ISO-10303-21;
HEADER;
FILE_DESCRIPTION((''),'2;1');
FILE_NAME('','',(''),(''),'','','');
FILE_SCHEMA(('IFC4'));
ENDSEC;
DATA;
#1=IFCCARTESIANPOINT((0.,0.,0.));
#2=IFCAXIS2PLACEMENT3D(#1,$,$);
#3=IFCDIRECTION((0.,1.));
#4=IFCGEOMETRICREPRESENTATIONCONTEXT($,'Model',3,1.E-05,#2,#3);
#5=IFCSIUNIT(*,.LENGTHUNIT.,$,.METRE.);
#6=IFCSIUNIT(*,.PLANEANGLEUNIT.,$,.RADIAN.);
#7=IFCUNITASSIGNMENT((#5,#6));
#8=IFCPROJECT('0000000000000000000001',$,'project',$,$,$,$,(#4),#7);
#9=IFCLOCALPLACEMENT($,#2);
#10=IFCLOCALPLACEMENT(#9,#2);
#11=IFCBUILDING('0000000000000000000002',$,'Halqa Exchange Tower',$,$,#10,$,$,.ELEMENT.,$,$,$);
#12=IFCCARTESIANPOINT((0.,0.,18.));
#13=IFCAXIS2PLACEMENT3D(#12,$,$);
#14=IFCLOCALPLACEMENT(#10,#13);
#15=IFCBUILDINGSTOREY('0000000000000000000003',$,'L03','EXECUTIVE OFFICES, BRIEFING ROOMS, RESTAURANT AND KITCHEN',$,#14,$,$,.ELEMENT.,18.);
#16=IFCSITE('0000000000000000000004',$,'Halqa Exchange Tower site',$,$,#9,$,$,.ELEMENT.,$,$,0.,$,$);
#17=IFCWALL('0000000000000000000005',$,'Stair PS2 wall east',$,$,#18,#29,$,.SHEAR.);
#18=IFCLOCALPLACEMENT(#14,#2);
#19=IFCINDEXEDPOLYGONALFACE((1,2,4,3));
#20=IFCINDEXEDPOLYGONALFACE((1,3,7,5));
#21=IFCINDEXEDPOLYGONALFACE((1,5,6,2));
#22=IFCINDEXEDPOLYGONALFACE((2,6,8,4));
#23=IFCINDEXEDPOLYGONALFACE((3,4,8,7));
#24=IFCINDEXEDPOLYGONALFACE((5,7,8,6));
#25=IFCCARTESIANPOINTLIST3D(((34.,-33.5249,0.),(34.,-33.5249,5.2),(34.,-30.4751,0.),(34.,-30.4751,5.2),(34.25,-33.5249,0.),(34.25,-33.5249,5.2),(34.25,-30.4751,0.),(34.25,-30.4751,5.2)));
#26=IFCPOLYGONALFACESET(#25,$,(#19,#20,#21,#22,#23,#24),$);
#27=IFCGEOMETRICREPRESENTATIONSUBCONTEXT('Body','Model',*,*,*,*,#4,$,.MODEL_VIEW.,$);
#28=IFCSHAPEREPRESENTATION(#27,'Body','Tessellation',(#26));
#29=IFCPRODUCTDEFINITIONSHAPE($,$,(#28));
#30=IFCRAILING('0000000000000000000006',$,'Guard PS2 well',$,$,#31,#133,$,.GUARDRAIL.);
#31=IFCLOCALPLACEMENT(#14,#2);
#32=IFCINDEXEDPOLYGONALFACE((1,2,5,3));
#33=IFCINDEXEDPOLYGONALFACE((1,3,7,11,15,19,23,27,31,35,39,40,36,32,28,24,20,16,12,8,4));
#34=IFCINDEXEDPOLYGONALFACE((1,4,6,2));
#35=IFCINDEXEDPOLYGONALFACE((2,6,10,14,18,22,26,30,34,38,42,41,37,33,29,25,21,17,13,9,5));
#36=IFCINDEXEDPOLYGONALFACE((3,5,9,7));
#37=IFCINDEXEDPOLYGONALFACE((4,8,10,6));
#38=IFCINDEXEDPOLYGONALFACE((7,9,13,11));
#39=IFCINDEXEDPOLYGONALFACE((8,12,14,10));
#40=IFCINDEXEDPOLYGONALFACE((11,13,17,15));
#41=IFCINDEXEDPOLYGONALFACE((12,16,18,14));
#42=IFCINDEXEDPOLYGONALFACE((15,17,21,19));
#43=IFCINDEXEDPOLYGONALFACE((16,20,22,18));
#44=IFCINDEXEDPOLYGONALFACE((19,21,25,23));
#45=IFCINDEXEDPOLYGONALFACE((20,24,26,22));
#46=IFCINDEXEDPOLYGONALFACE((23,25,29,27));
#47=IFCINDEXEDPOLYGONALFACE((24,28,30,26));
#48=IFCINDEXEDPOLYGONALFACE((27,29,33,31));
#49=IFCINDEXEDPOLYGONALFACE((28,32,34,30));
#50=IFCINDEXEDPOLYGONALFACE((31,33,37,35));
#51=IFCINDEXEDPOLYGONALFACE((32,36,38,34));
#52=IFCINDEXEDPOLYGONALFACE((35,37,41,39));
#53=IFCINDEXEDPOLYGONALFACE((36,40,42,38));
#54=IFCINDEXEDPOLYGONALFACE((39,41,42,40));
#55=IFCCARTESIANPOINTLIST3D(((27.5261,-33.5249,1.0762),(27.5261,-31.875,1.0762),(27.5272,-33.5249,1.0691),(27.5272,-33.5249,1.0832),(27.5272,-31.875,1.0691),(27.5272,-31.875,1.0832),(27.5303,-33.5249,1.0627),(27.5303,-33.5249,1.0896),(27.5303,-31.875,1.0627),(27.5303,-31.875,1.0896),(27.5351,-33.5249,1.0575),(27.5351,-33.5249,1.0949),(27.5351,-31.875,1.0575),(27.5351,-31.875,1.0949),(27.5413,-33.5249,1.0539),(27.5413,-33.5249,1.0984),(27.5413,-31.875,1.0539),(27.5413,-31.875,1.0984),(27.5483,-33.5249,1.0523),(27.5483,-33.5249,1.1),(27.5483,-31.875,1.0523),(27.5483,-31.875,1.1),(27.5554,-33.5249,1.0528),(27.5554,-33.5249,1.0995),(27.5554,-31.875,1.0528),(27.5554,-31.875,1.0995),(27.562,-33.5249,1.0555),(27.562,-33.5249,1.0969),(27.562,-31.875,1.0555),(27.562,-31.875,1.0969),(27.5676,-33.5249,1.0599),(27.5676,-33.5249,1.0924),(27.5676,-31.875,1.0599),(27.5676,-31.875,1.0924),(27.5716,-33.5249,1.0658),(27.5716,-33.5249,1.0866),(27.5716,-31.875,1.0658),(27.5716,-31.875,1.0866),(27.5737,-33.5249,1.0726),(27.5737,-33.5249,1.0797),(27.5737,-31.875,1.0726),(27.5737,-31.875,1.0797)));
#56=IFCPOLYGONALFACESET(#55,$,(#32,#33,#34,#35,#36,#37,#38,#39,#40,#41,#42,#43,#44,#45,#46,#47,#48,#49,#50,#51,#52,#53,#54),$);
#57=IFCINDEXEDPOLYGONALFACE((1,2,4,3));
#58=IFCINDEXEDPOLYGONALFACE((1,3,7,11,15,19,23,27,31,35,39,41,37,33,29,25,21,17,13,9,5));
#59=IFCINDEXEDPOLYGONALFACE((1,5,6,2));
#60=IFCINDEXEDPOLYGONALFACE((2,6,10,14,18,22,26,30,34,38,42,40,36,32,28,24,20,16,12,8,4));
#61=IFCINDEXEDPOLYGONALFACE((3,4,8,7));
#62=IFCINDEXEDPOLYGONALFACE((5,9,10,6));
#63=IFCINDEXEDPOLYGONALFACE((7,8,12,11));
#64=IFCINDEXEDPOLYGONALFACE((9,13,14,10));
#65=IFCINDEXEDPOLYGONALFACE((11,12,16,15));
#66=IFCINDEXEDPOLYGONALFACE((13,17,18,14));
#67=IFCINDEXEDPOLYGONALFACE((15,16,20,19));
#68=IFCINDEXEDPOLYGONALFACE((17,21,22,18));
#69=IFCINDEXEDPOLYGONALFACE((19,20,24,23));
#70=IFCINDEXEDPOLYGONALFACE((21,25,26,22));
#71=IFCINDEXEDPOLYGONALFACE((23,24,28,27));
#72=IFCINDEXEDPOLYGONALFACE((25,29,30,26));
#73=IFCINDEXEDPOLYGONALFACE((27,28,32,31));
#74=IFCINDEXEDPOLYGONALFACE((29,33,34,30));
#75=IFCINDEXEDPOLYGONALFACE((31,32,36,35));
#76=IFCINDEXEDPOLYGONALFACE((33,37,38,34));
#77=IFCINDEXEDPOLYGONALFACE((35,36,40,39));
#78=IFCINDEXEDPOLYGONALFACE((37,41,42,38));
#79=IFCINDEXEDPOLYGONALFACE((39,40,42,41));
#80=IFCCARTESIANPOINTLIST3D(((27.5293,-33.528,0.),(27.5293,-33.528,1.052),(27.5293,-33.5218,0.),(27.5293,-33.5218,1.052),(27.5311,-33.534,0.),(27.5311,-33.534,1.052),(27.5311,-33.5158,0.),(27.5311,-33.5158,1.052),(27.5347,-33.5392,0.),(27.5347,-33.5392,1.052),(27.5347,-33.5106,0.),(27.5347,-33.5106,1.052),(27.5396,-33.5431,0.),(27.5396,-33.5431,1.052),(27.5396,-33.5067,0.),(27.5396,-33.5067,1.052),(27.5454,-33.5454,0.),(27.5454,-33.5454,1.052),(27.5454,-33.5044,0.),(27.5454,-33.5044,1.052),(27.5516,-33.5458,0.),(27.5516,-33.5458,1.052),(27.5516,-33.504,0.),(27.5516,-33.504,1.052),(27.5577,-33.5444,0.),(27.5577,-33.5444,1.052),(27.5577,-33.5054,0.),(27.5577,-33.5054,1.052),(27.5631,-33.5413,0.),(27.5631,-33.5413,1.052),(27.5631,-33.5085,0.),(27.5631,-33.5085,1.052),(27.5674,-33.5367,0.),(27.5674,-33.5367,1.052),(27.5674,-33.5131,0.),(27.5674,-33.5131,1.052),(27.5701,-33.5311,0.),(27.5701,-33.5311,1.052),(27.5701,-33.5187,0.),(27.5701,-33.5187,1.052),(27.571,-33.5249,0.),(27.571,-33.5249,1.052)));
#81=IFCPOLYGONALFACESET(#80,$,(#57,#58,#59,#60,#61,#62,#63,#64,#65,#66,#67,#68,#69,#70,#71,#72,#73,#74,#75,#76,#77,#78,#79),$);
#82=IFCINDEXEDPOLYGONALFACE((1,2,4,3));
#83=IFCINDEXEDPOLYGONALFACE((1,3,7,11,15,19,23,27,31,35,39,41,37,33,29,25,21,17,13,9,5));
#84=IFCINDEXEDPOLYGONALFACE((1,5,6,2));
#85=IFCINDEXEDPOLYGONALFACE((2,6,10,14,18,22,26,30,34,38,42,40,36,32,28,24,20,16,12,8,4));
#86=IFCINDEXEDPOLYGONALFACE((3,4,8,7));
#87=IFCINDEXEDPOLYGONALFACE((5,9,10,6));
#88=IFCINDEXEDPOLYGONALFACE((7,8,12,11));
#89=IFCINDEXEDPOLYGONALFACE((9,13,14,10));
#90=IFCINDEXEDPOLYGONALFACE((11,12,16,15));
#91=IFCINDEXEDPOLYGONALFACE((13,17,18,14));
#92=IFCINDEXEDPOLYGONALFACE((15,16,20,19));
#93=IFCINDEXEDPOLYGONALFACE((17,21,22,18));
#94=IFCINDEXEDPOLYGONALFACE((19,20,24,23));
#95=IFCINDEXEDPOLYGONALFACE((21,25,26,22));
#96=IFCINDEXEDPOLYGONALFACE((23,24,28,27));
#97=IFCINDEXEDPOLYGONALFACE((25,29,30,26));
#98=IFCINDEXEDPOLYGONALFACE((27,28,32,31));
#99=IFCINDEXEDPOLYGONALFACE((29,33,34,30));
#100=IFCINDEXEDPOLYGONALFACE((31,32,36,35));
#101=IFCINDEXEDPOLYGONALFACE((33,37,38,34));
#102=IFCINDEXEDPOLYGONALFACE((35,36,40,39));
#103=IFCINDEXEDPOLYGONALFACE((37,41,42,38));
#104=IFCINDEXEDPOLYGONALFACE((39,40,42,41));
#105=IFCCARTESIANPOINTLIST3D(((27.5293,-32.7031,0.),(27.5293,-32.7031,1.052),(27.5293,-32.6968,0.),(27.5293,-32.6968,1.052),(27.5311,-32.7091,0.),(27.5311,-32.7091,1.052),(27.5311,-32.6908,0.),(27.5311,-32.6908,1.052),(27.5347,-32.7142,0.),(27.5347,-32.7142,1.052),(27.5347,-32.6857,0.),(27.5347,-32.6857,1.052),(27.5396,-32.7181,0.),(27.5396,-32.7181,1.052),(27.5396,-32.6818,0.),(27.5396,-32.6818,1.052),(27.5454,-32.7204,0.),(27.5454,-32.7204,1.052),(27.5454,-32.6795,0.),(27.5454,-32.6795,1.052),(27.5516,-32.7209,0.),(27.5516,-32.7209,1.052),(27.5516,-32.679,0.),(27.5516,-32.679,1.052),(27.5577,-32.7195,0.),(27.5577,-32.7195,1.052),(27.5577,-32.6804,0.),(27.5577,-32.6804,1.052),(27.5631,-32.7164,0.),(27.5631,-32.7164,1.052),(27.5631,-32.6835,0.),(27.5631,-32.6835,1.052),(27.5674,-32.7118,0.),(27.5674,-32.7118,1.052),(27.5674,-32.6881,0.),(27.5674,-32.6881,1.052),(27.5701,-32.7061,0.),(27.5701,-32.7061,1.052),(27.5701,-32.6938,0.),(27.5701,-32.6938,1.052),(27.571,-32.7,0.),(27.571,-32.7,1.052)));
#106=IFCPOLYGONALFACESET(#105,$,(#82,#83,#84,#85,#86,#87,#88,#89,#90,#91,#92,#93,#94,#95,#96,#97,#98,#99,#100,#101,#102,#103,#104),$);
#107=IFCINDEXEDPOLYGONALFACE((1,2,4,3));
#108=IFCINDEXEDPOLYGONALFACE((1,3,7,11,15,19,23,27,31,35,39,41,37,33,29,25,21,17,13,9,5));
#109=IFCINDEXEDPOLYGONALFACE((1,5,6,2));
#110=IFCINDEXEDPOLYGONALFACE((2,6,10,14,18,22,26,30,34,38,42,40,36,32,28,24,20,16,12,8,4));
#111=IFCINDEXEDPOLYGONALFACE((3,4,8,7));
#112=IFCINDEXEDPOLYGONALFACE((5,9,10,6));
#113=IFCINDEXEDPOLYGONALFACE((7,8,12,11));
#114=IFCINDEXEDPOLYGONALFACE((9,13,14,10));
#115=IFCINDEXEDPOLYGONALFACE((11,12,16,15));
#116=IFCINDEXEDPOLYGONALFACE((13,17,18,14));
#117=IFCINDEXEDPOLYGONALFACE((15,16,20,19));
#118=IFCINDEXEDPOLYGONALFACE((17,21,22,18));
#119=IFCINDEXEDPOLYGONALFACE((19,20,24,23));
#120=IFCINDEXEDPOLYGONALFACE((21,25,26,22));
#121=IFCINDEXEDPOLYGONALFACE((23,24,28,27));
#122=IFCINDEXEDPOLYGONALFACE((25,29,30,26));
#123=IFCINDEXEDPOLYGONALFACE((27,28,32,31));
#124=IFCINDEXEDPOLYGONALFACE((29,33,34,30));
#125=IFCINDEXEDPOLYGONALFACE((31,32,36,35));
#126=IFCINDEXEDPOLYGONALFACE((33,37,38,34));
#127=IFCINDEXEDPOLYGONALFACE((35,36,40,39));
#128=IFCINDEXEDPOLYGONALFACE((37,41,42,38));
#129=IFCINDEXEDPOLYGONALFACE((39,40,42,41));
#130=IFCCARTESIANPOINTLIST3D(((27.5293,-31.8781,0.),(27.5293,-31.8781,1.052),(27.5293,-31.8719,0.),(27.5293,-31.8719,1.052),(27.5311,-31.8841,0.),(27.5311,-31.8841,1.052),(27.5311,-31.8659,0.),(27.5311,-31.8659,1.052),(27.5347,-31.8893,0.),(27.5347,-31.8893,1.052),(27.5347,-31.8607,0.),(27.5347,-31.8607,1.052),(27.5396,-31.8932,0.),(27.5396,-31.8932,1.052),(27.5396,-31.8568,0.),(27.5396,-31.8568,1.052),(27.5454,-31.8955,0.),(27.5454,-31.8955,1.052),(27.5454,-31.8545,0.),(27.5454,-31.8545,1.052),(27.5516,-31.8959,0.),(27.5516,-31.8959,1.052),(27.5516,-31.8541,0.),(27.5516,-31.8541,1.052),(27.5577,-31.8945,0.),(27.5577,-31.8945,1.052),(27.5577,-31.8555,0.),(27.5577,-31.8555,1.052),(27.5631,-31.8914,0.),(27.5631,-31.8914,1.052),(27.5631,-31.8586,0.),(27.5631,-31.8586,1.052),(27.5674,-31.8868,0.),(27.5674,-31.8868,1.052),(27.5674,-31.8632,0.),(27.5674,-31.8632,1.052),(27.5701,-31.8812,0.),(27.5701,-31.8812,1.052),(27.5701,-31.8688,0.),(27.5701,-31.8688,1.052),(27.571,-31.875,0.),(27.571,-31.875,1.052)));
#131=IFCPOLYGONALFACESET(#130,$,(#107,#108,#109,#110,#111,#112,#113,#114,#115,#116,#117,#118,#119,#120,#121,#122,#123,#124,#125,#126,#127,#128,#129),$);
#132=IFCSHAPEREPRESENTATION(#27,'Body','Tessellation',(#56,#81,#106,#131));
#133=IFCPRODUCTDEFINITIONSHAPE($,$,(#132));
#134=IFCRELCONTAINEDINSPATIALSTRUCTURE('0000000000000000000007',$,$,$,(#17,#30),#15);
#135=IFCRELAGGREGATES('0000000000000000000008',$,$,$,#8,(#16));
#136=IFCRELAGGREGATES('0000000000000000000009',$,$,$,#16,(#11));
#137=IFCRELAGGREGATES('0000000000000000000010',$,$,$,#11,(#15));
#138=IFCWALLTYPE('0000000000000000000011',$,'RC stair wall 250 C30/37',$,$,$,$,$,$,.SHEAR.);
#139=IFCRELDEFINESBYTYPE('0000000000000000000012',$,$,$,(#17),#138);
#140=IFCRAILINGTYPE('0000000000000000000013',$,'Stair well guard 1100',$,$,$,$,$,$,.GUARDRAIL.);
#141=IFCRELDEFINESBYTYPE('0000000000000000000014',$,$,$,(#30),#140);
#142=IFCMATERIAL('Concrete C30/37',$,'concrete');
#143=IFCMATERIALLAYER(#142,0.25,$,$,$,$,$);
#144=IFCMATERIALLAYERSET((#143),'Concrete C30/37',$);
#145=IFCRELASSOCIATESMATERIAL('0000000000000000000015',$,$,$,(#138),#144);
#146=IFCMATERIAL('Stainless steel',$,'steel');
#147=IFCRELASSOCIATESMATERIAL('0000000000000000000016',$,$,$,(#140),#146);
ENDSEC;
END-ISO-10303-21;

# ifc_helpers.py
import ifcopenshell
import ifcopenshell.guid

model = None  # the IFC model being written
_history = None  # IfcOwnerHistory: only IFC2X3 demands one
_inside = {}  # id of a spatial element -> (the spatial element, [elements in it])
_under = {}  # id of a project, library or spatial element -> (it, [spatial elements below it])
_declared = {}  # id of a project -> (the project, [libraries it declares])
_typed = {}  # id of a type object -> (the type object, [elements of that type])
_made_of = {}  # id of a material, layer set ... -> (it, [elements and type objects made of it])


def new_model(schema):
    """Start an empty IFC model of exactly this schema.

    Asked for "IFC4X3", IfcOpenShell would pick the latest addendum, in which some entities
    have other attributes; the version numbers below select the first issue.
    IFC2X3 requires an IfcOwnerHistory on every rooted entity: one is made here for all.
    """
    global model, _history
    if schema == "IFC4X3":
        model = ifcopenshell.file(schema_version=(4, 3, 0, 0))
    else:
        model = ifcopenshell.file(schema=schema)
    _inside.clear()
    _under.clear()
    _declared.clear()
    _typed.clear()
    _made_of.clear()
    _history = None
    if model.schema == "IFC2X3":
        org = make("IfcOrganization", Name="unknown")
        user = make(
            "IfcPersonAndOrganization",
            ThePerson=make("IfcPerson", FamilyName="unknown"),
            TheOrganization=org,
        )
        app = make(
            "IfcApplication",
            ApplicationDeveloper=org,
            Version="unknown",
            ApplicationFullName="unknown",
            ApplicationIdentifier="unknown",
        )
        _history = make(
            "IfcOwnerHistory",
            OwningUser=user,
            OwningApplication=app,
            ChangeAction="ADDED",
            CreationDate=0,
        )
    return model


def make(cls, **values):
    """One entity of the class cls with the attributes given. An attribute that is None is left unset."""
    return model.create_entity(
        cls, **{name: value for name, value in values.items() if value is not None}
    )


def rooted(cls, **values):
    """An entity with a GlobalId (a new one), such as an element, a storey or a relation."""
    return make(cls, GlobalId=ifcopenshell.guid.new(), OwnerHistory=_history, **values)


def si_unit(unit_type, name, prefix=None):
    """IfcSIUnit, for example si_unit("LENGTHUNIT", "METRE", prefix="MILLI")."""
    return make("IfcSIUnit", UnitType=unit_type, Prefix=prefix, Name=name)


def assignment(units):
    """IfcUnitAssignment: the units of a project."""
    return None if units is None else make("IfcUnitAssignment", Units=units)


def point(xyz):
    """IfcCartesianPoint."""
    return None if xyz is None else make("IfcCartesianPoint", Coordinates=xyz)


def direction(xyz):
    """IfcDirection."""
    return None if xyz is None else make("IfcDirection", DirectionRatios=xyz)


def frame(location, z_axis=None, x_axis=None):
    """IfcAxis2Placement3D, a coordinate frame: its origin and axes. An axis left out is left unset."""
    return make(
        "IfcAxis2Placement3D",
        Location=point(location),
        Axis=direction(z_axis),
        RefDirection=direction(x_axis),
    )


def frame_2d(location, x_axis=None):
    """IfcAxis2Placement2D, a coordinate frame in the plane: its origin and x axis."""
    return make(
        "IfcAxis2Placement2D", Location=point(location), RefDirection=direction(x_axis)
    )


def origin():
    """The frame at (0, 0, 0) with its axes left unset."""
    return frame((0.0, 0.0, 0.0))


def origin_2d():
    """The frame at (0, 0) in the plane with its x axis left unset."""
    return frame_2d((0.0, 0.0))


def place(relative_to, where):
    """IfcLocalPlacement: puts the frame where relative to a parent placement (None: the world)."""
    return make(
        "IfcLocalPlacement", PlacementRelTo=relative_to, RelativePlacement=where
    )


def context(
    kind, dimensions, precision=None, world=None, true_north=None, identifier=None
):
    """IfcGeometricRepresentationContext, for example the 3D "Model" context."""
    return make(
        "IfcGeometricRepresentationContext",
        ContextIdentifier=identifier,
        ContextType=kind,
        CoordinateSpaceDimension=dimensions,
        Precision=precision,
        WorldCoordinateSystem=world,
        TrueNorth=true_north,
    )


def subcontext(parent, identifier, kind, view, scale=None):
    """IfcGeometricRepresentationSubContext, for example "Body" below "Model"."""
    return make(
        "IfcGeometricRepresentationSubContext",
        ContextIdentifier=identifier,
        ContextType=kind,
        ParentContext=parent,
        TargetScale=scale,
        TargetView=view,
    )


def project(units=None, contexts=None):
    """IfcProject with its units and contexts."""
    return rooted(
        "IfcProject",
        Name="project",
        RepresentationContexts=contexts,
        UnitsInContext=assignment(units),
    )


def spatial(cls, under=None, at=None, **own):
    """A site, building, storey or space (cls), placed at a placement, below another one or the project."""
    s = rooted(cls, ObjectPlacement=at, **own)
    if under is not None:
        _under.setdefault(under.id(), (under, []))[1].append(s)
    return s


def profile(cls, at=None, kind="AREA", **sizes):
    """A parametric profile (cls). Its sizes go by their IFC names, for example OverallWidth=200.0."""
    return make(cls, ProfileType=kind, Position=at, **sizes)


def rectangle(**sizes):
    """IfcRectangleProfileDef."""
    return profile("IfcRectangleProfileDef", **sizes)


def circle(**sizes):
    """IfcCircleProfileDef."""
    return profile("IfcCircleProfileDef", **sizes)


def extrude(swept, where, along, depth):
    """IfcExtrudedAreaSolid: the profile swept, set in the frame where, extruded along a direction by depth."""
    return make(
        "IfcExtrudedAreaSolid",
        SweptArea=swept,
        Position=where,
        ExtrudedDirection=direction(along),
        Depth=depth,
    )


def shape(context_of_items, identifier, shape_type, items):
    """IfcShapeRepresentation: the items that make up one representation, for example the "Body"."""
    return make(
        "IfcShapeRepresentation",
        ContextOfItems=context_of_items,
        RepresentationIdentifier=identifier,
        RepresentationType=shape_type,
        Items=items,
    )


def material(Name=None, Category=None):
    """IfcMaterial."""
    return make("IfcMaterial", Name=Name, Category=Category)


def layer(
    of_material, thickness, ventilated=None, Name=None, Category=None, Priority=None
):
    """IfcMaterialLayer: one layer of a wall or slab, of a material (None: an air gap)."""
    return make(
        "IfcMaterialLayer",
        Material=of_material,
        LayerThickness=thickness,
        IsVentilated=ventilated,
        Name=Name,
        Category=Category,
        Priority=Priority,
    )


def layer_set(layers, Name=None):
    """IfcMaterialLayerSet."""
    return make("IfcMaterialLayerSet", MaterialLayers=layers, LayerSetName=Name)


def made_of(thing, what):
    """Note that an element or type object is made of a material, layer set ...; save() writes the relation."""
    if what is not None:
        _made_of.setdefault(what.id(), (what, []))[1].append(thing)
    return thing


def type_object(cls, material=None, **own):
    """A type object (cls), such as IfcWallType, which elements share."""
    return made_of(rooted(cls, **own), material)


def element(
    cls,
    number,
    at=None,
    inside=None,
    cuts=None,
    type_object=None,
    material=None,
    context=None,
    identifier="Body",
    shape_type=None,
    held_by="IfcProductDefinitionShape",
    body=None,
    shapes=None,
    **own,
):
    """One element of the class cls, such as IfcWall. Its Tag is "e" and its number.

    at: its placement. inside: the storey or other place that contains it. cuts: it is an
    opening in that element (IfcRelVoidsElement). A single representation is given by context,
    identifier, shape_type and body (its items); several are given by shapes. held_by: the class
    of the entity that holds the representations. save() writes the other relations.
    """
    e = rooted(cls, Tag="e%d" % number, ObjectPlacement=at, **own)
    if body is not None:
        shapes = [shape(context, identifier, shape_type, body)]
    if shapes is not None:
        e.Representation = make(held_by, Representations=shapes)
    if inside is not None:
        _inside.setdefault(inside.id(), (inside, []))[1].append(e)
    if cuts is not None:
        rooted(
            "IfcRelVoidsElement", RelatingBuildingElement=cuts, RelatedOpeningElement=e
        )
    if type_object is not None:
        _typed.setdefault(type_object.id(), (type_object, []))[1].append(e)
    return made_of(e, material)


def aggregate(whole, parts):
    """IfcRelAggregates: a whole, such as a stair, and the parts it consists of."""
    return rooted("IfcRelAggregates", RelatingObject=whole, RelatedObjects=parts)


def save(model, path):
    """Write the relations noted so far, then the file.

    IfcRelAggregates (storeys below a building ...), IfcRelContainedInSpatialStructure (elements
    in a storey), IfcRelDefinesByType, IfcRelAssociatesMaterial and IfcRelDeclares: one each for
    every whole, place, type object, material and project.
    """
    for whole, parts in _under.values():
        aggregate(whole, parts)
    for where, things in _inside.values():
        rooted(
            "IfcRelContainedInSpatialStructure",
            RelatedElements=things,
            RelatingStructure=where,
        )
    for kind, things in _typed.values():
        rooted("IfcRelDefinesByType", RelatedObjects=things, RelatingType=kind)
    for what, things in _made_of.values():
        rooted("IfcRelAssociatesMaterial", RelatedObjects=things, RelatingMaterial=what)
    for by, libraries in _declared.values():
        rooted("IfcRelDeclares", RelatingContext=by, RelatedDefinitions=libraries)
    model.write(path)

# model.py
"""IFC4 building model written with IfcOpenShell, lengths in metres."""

from ifc_helpers import new_model, si_unit, direction, frame, frame_2d, origin, origin_2d, place, context, subcontext, project, spatial, rectangle, circle, extrude, material, layer, layer_set, type_object, element, save


model = new_model("IFC4")

# Units and contexts
model_context = context("Model", 3, precision=1e-05, world=origin(), true_north=direction((0.0, 1.0)))
body_context = subcontext(model_context, "Body", "Model", "MODEL_VIEW")
ifc_project = project(units=[si_unit("LENGTHUNIT", "METRE"), si_unit("PLANEANGLEUNIT", "RADIAN")], contexts=[model_context])

# Site, building, storey
site_placement = place(None, origin())
site = spatial("IfcSite", under=ifc_project, at=site_placement, Name="Halqa Exchange Tower site", CompositionType="ELEMENT", RefElevation=0.0)
building_placement = place(site_placement, origin())
building = spatial("IfcBuilding", under=site, at=building_placement, Name="Halqa Exchange Tower", CompositionType="ELEMENT")
storey_placement = place(building_placement, frame((0.0, 0.0, 18.0)))
storey = spatial("IfcBuildingStorey", under=building, at=storey_placement, Name="L03", Description="EXECUTIVE OFFICES, BRIEFING ROOMS, RESTAURANT AND KITCHEN", CompositionType="ELEMENT", Elevation=18.0)

# Shared definitions
ifc_material_1 = material(Name="Concrete C30/37", Category="concrete")
ifc_layer_1 = layer(ifc_material_1, 0.25)
ifc_layer_set_1 = layer_set([ifc_layer_1], Name="Concrete C30/37")
wall_type_1 = type_object("IfcWallType", Name="RC stair wall 250 C30/37", PredefinedType="SHEAR", material=ifc_layer_set_1)

# Wall
wall_1_placement = place(storey_placement, frame((34.125, -33.5249, 0.0), z_axis=(0.0, 0.0, 1.0), x_axis=(0.0, 1.0, 0.0)))
element("IfcWall", 1, at=wall_1_placement, inside=storey, type_object=wall_type_1, Name="Stair PS2 wall east", PredefinedType="SHEAR", context=body_context, shape_type="SweptSolid", body=[
    extrude(rectangle(XDim=3.0498, YDim=0.25, at=frame_2d((1.5249, 0.0))), origin(), (0.0, 0.0, 1.0), 5.2),
])

# Railing
ifc_material_2 = material(Name="Stainless steel", Category="steel")
railing_type = type_object("IfcRailingType", Name="Stair well guard 1100", PredefinedType="GUARDRAIL", material=ifc_material_2)
railing_placement = place(storey_placement, frame((27.55, -33.5249, 0.0)))
element("IfcRailing", 2, at=railing_placement, inside=storey, type_object=railing_type, Name="Guard PS2 well", PredefinedType="GUARDRAIL", context=body_context, shape_type="SweptSolid", body=[
    extrude(circle(Radius=0.0239, at=origin_2d()), frame((0.0, 0.0, 1.0762), z_axis=(0.0, 1.0, 0.0), x_axis=(-1.0, 0.0, 0.0)), (0.0, 0.0, 1.0), 1.6499),
    extrude(circle(Radius=0.021, at=origin_2d()), origin(), (0.0, 0.0, 1.0), 1.052),
    extrude(circle(Radius=0.021, at=origin_2d()), frame((0.0, 0.825, 0.0)), (0.0, 0.0, 1.0), 1.052),
    extrude(circle(Radius=0.021, at=origin_2d()), frame((0.0, 1.6499, 0.0)), (0.0, 0.0, 1.0), 1.052),
])

save(model, "model.ifc")
